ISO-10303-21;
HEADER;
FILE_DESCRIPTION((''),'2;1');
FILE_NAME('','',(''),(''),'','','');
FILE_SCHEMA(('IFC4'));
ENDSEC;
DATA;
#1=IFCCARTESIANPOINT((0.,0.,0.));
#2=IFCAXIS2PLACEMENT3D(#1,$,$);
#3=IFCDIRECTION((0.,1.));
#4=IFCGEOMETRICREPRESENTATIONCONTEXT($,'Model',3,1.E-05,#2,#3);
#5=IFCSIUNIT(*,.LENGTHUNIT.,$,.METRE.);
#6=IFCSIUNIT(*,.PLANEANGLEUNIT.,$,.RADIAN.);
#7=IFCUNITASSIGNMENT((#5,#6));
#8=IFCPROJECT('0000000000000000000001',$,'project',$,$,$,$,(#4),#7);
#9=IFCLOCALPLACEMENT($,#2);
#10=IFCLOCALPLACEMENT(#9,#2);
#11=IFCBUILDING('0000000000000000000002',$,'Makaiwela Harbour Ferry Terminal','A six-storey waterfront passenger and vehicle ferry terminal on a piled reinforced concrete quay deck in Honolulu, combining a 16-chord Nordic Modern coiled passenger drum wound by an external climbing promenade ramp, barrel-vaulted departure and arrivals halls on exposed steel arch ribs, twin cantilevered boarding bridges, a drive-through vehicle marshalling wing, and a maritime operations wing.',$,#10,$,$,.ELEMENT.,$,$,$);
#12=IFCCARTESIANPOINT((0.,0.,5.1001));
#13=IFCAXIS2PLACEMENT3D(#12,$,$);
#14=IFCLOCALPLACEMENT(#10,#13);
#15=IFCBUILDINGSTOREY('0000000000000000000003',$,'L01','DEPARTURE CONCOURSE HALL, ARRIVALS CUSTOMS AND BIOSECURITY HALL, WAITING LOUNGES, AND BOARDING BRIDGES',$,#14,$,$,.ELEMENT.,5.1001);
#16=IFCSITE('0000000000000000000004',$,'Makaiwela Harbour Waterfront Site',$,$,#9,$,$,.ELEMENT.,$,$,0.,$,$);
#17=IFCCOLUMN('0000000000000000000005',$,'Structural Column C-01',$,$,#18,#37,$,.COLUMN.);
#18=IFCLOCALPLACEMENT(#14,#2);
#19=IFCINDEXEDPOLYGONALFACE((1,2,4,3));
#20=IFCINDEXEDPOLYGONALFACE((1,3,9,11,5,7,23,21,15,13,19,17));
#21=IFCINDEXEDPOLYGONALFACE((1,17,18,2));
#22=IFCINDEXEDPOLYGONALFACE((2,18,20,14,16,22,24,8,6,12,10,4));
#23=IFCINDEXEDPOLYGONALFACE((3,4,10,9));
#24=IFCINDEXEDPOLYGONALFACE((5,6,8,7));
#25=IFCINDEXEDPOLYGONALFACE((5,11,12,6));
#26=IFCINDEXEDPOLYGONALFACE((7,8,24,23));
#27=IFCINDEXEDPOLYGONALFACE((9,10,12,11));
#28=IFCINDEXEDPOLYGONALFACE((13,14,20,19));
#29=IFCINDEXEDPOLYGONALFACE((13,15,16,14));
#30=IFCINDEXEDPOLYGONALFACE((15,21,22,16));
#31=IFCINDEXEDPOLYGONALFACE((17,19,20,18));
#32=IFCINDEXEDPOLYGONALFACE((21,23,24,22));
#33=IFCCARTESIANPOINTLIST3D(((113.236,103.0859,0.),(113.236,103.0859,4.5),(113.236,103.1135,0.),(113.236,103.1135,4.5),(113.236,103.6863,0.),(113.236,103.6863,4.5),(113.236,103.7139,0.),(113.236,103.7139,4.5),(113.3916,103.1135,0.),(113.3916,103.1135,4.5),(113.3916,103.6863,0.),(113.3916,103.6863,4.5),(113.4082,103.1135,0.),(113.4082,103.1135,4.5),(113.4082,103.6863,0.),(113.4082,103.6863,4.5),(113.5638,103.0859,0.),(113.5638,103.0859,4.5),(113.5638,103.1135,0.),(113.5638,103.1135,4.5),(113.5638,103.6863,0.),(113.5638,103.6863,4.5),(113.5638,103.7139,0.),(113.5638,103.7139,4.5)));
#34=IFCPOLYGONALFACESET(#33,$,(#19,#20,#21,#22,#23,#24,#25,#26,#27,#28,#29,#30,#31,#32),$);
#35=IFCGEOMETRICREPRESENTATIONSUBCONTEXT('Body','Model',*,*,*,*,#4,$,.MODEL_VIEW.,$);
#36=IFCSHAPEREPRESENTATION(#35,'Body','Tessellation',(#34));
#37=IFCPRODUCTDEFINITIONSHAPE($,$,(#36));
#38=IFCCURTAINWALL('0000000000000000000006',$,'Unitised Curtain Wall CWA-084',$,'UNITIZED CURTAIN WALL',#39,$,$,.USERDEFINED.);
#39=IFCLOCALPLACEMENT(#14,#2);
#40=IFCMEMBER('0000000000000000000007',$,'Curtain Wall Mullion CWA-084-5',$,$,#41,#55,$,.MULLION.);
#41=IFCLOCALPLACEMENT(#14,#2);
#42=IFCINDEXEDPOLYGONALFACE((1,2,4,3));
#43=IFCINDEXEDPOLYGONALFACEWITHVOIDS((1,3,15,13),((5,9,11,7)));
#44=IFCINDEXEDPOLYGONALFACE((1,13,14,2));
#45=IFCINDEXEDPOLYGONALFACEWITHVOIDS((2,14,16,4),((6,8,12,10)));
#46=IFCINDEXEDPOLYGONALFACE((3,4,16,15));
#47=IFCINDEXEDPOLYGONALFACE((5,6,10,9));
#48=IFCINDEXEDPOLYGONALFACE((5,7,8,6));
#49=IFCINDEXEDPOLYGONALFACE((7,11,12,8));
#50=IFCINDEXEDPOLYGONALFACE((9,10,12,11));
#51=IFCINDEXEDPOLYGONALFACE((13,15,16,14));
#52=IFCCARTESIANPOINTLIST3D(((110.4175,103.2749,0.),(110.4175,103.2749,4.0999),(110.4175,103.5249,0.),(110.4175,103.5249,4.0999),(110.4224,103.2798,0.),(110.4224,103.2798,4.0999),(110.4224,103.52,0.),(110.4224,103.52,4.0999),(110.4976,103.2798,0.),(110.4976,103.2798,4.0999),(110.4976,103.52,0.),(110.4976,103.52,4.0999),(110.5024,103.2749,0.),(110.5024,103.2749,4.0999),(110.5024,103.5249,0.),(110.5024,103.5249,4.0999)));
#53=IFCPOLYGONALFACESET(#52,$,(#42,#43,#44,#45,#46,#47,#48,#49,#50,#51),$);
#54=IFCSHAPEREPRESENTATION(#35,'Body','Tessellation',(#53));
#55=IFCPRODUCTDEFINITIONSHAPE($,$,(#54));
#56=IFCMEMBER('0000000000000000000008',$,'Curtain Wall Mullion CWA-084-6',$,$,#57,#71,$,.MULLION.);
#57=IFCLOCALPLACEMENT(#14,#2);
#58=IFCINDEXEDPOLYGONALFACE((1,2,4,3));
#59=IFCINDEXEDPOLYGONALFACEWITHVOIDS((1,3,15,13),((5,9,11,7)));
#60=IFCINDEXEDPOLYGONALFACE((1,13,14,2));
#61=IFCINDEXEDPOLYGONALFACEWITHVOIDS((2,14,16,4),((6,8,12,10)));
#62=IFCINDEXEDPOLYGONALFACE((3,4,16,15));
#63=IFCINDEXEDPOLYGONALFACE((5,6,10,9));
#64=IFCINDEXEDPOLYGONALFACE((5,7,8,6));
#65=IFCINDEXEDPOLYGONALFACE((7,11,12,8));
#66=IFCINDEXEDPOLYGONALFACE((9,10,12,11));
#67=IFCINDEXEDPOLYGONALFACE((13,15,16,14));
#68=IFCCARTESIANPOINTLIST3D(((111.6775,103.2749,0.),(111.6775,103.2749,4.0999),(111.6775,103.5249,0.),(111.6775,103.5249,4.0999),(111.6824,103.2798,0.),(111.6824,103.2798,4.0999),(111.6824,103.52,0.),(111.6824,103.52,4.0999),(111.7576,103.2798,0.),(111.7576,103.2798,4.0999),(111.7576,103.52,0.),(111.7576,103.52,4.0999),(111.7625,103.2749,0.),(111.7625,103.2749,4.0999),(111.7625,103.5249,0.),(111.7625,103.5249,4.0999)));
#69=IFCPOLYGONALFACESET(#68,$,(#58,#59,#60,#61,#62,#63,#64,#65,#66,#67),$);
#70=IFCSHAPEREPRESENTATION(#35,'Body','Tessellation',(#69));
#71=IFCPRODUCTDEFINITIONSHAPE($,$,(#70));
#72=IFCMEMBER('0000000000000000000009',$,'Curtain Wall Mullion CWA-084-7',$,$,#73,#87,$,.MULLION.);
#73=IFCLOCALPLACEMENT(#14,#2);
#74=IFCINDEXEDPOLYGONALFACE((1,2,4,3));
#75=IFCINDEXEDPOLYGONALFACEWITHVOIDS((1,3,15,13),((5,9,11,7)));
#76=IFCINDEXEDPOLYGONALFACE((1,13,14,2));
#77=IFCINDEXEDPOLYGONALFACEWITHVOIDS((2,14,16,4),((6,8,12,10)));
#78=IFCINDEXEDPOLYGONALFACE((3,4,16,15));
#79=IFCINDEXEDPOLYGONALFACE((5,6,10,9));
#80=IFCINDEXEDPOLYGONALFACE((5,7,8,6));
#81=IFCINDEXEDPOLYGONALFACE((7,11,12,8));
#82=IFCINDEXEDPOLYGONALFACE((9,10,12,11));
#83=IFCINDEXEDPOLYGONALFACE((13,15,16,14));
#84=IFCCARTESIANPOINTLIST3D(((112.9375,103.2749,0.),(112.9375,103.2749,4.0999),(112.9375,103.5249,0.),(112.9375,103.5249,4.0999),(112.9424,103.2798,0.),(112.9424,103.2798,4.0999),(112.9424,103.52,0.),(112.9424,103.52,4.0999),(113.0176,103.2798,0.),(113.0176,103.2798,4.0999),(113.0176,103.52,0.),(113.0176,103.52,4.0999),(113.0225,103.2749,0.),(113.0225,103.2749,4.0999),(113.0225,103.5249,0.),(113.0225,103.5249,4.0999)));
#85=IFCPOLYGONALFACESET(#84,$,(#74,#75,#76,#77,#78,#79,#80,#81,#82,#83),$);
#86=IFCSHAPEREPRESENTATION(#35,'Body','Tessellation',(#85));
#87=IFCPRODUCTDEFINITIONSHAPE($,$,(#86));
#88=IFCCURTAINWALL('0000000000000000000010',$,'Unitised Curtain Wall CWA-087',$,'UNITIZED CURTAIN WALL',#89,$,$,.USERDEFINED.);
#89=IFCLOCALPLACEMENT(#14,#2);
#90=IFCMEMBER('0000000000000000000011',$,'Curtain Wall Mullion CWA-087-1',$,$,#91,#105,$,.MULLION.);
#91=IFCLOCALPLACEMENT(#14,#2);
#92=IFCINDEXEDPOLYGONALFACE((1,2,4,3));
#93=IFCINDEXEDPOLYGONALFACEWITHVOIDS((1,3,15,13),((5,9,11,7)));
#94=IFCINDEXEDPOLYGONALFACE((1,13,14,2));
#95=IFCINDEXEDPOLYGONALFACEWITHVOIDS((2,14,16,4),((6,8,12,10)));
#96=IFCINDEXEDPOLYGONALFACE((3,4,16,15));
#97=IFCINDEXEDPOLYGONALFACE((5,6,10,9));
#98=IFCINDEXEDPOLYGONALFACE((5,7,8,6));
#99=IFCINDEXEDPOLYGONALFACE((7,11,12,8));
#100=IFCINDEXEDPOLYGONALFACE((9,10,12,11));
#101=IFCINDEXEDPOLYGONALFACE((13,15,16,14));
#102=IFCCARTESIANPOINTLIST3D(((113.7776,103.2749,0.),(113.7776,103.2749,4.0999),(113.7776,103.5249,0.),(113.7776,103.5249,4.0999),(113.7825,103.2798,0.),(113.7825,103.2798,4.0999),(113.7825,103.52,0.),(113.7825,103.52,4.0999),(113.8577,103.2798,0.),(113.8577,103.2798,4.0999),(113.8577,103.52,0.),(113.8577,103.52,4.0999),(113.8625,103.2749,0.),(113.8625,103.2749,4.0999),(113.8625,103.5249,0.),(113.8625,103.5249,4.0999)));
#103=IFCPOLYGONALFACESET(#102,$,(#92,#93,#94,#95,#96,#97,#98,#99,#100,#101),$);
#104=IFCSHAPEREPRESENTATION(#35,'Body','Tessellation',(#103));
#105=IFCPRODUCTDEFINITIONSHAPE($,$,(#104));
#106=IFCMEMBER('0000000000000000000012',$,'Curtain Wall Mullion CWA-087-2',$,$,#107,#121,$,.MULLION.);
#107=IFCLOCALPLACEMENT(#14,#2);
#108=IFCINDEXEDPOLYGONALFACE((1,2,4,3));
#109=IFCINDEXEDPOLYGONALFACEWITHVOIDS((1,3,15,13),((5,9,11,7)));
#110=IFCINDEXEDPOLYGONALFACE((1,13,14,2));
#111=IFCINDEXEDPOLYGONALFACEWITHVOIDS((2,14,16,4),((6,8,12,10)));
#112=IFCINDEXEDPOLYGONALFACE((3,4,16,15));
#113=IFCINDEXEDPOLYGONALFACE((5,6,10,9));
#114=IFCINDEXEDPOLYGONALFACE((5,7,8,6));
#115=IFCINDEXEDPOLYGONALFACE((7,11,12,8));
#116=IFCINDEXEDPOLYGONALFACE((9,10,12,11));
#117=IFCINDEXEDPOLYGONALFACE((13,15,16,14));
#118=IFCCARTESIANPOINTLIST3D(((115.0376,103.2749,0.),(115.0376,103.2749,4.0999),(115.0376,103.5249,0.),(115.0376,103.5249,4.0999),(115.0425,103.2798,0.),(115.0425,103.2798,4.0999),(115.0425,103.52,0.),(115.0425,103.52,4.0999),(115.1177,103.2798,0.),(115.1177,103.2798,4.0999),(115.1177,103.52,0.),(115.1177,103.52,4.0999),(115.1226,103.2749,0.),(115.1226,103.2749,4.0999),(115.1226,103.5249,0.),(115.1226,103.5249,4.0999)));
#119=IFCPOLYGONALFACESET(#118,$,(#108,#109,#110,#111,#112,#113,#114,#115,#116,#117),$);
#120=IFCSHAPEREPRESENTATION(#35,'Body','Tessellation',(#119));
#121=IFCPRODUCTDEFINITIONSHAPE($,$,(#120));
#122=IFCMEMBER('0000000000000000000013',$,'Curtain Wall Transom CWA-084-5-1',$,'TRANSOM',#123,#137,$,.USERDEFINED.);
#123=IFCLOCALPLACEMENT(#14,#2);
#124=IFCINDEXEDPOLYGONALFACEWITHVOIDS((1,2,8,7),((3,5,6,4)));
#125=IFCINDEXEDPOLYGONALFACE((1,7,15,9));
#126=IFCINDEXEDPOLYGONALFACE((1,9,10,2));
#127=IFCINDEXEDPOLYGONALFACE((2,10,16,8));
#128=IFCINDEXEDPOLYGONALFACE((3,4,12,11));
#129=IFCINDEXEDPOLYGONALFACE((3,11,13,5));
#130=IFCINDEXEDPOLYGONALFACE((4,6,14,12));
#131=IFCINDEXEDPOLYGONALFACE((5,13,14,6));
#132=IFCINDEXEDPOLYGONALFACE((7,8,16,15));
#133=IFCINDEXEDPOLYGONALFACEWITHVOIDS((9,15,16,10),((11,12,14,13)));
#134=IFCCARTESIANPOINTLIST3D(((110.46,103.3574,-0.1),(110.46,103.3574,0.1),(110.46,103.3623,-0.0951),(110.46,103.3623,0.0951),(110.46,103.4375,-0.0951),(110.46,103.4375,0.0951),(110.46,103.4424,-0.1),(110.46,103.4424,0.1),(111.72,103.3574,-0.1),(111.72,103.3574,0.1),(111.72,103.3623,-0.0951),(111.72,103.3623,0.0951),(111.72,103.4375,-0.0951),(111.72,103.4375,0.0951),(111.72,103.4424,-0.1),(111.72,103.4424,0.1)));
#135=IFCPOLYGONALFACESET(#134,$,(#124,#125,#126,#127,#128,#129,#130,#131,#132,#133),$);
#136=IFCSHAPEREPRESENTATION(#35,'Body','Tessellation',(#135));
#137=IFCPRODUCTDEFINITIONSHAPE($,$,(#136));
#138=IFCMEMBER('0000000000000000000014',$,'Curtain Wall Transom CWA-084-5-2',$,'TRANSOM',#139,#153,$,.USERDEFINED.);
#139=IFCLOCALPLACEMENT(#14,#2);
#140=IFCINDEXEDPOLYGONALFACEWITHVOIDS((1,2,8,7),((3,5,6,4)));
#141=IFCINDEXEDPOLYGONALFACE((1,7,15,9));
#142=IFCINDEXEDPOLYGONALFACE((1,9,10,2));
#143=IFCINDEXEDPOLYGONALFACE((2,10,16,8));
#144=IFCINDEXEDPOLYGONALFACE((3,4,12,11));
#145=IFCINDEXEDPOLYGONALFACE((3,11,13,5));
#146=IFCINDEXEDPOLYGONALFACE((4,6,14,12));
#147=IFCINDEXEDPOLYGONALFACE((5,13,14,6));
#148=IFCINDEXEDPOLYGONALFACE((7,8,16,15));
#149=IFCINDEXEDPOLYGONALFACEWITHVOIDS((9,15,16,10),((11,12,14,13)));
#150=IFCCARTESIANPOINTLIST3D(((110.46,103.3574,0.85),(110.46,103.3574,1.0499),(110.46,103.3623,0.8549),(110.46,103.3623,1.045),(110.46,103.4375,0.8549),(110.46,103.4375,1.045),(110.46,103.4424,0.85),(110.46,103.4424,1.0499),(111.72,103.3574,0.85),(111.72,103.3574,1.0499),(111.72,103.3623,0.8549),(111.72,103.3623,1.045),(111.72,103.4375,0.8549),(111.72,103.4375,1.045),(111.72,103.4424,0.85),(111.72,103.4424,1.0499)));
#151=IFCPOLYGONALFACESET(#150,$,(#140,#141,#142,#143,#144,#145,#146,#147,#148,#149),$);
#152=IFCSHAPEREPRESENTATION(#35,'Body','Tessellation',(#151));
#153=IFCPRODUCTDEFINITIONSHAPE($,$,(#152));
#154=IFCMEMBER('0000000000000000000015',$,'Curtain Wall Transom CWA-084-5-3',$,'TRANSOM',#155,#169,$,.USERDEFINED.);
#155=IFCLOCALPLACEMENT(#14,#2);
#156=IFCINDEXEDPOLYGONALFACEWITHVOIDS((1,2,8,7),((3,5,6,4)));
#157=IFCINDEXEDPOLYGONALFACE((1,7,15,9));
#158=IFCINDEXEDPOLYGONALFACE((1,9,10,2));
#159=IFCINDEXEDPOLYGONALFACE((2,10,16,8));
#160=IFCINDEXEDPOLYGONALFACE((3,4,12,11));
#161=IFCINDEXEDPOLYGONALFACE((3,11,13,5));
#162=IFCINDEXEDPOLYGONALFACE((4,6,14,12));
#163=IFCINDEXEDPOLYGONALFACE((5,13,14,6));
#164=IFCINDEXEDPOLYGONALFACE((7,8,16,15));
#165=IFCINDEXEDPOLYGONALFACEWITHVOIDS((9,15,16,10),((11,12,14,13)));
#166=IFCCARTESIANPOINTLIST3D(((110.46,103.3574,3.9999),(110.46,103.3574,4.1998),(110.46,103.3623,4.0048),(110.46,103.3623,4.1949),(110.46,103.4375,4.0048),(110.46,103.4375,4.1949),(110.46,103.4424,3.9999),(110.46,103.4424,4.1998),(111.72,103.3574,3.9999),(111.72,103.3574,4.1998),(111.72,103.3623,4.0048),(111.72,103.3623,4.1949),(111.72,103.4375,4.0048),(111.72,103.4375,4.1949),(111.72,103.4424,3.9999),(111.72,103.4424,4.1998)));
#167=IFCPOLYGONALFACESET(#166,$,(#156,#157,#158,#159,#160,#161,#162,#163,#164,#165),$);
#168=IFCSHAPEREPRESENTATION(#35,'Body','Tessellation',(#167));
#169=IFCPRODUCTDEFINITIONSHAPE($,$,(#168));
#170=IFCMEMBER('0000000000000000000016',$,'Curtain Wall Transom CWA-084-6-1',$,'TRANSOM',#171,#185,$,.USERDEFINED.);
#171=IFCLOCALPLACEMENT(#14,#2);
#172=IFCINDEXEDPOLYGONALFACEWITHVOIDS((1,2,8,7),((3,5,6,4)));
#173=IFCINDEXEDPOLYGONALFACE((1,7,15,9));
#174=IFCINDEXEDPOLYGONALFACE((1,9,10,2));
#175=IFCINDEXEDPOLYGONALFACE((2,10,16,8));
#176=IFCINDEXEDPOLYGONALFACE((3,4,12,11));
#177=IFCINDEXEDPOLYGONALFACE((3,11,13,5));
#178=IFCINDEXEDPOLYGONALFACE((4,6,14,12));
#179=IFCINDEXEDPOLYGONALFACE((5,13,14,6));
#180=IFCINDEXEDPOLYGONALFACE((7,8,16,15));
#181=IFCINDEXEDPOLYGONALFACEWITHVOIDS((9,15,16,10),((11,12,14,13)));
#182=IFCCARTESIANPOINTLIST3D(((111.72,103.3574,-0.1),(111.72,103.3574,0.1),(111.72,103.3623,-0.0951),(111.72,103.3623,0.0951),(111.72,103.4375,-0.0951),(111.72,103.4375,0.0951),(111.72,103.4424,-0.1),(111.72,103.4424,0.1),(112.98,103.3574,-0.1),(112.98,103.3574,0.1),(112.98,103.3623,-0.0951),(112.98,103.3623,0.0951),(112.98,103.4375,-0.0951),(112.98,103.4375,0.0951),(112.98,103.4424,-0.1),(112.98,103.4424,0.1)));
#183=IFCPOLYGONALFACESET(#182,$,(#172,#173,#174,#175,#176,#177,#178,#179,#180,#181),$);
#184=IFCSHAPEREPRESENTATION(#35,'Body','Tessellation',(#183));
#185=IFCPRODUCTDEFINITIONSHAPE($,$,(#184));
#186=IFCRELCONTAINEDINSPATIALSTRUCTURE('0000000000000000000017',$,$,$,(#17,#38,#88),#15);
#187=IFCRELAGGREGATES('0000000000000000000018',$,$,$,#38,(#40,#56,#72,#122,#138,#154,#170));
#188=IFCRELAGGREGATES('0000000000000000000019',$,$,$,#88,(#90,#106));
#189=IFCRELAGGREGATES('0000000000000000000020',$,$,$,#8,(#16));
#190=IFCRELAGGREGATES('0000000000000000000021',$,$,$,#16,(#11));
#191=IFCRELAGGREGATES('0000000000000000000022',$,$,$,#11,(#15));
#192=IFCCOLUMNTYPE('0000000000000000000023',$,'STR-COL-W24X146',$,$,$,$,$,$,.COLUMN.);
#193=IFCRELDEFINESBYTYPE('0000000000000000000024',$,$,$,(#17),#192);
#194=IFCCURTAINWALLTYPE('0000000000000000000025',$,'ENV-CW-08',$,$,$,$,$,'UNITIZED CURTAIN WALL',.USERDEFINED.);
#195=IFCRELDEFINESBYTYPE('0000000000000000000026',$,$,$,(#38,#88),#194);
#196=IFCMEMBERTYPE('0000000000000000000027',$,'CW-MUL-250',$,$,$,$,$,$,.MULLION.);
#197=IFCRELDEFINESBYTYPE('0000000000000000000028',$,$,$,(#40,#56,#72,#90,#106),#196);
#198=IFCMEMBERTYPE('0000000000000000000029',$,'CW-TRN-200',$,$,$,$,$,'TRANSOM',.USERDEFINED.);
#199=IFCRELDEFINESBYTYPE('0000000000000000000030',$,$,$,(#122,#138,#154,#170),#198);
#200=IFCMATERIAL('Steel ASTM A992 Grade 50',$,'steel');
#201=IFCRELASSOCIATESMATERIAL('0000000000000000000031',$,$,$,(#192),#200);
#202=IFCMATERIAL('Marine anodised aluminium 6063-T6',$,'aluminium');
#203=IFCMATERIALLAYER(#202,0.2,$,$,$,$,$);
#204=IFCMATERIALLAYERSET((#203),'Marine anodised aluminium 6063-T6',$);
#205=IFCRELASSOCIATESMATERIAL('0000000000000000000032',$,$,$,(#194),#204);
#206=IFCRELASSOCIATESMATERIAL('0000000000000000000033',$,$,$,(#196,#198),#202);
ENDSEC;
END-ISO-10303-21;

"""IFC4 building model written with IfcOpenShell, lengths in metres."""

from ifc_helpers import new_model, si_unit, direction, frame, origin, origin_2d, place, context, subcontext, project, spatial, hollow_rectangle, i_section, extrude, material, layer, layer_set, material_profile, profile_set, type_object, element, aggregate, save


model = new_model("IFC4")

# Units and contexts
model_context = context("Model", 3, precision=1e-05, world=origin(), true_north=direction((0.0, 1.0)))
body_context = subcontext(model_context, "Body", "Model", "MODEL_VIEW")
ifc_project = project(units=[si_unit("LENGTHUNIT", "METRE"), si_unit("PLANEANGLEUNIT", "RADIAN")], contexts=[model_context])

# Site, building, storey
site_placement = place(None, origin())
site = spatial("IfcSite", under=ifc_project, at=site_placement, Name="Makaiwela Harbour Waterfront Site", CompositionType="ELEMENT", RefElevation=0.0)
building_placement = place(site_placement, origin())
building = spatial("IfcBuilding", under=site, at=building_placement, Name="Makaiwela Harbour Ferry Terminal", Description="A six-storey waterfront passenger and vehicle ferry terminal on a piled reinforced concrete quay deck in Honolulu, combining a 16-chord Nordic Modern coiled passenger drum wound by an external climbing promenade ramp, barrel-vaulted departure and arrivals halls on exposed steel arch ribs, twin cantilevered boarding bridges, a drive-through vehicle marshalling wing, and a maritime operations wing.", CompositionType="ELEMENT")
storey_placement = place(building_placement, frame((0.0, 0.0, 5.1001)))
storey = spatial("IfcBuildingStorey", under=building, at=storey_placement, Name="L01", Description="DEPARTURE CONCOURSE HALL, ARRIVALS CUSTOMS AND BIOSECURITY HALL, WAITING LOUNGES, AND BOARDING BRIDGES", CompositionType="ELEMENT", Elevation=5.1001)

# Column
ifc_material_1 = material(Name="Steel ASTM A992 Grade 50", Category="steel")
ifc_material_profile_1 = material_profile(ifc_material_1, i_section(OverallWidth=0.3279, OverallDepth=0.6279, WebThickness=0.0166, FlangeThickness=0.0276, at=origin_2d()), Name="W24X146")
ifc_profile_set_1 = profile_set([ifc_material_profile_1], Name="Steel ASTM A992 Grade 50")
column_type = type_object("IfcColumnType", Name="STR-COL-W24X146", PredefinedType="COLUMN", material=ifc_profile_set_1)
column_placement = place(storey_placement, frame((113.3999, 103.3999, 0.0), z_axis=(0.0, 0.0, 1.0), x_axis=(1.0, 0.0, 0.0)))
element("IfcColumn", 1, at=column_placement, inside=storey, type_object=column_type, Name="Structural Column C-01", PredefinedType="COLUMN", context=body_context, shape_type="SweptSolid", body=[
    extrude(i_section(OverallWidth=0.3279, OverallDepth=0.6279, WebThickness=0.0166, FlangeThickness=0.0276, at=origin_2d()), origin(), (0.0, 0.0, 1.0), 4.5),
])

# Curtain walls, members
ifc_material_2 = material(Name="Marine anodised aluminium 6063-T6", Category="aluminium")
ifc_layer_1 = layer(ifc_material_2, 0.2)
ifc_layer_set_1 = layer_set([ifc_layer_1], Name="Marine anodised aluminium 6063-T6")
curtain_wall_type = type_object("IfcCurtainWallType", Name="ENV-CW-08", ElementType="UNITIZED CURTAIN WALL", PredefinedType="USERDEFINED", material=ifc_layer_set_1)
curtain_wall_1_placement = place(storey_placement, origin())
curtain_wall_1 = element("IfcCurtainWall", 2, at=curtain_wall_1_placement, inside=storey, type_object=curtain_wall_type, Name="Unitised Curtain Wall CWA-084", ObjectType="UNITIZED CURTAIN WALL", PredefinedType="USERDEFINED")
ifc_material_profile_2 = material_profile(ifc_material_2, hollow_rectangle(XDim=0.085, YDim=0.25, WallThickness=0.0049, at=origin_2d()), Name="CWM-250X85")
ifc_profile_set_2 = profile_set([ifc_material_profile_2], Name="Marine anodised aluminium 6063-T6")
member_type_1 = type_object("IfcMemberType", Name="CW-MUL-250", PredefinedType="MULLION", material=ifc_profile_set_2)
member_1_placement = place(storey_placement, frame((110.46, 103.3999, 0.0), z_axis=(0.0, 0.0, 1.0), x_axis=(1.0, 0.0, 0.0)))
member_1 = element("IfcMember", 3, at=member_1_placement, type_object=member_type_1, Name="Curtain Wall Mullion CWA-084-5", PredefinedType="MULLION", context=body_context, shape_type="SweptSolid", body=[
    extrude(hollow_rectangle(XDim=0.085, YDim=0.25, WallThickness=0.0049, at=origin_2d()), origin(), (0.0, 0.0, 1.0), 4.0999),
])
member_2_placement = place(storey_placement, frame((111.72, 103.3999, 0.0), z_axis=(0.0, 0.0, 1.0), x_axis=(1.0, 0.0, 0.0)))
member_2 = element("IfcMember", 4, at=member_2_placement, type_object=member_type_1, Name="Curtain Wall Mullion CWA-084-6", PredefinedType="MULLION", context=body_context, shape_type="SweptSolid", body=[
    extrude(hollow_rectangle(XDim=0.085, YDim=0.25, WallThickness=0.0049, at=origin_2d()), origin(), (0.0, 0.0, 1.0), 4.0999),
])
member_3_placement = place(storey_placement, frame((112.98, 103.3999, 0.0), z_axis=(0.0, 0.0, 1.0), x_axis=(1.0, 0.0, 0.0)))
member_3 = element("IfcMember", 5, at=member_3_placement, type_object=member_type_1, Name="Curtain Wall Mullion CWA-084-7", PredefinedType="MULLION", context=body_context, shape_type="SweptSolid", body=[
    extrude(hollow_rectangle(XDim=0.085, YDim=0.25, WallThickness=0.0049, at=origin_2d()), origin(), (0.0, 0.0, 1.0), 4.0999),
])
curtain_wall_2_placement = place(storey_placement, origin())
curtain_wall_2 = element("IfcCurtainWall", 6, at=curtain_wall_2_placement, inside=storey, type_object=curtain_wall_type, Name="Unitised Curtain Wall CWA-087", ObjectType="UNITIZED CURTAIN WALL", PredefinedType="USERDEFINED")
member_4_placement = place(storey_placement, frame((113.8201, 103.3999, 0.0), z_axis=(0.0, 0.0, 1.0), x_axis=(1.0, 0.0, 0.0)))
member_4 = element("IfcMember", 7, at=member_4_placement, type_object=member_type_1, Name="Curtain Wall Mullion CWA-087-1", PredefinedType="MULLION", context=body_context, shape_type="SweptSolid", body=[
    extrude(hollow_rectangle(XDim=0.085, YDim=0.25, WallThickness=0.0049, at=origin_2d()), origin(), (0.0, 0.0, 1.0), 4.0999),
])
member_5_placement = place(storey_placement, frame((115.0801, 103.3999, 0.0), z_axis=(0.0, 0.0, 1.0), x_axis=(1.0, 0.0, 0.0)))
member_5 = element("IfcMember", 8, at=member_5_placement, type_object=member_type_1, Name="Curtain Wall Mullion CWA-087-2", PredefinedType="MULLION", context=body_context, shape_type="SweptSolid", body=[
    extrude(hollow_rectangle(XDim=0.085, YDim=0.25, WallThickness=0.0049, at=origin_2d()), origin(), (0.0, 0.0, 1.0), 4.0999),
])

# Members
ifc_material_profile_3 = material_profile(ifc_material_2, hollow_rectangle(XDim=0.085, YDim=0.2, WallThickness=0.0049, at=origin_2d()), Name="CWT-200X85")
ifc_profile_set_3 = profile_set([ifc_material_profile_3], Name="Marine anodised aluminium 6063-T6")
member_type_2 = type_object("IfcMemberType", Name="CW-TRN-200", ElementType="TRANSOM", PredefinedType="USERDEFINED", material=ifc_profile_set_3)
member_6_placement = place(storey_placement, frame((110.46, 103.3999, 0.0), z_axis=(1.0, 0.0, 0.0), x_axis=(0.0, 1.0, 0.0)))
member_6 = element("IfcMember", 9, at=member_6_placement, type_object=member_type_2, Name="Curtain Wall Transom CWA-084-5-1", ObjectType="TRANSOM", PredefinedType="USERDEFINED", context=body_context, shape_type="SweptSolid", body=[
    extrude(hollow_rectangle(XDim=0.085, YDim=0.2, WallThickness=0.0049, at=origin_2d()), origin(), (0.0, 0.0, 1.0), 1.26),
])
member_7_placement = place(storey_placement, frame((110.46, 103.3999, 0.95), z_axis=(1.0, 0.0, 0.0), x_axis=(0.0, 1.0, 0.0)))
member_7 = element("IfcMember", 10, at=member_7_placement, type_object=member_type_2, Name="Curtain Wall Transom CWA-084-5-2", ObjectType="TRANSOM", PredefinedType="USERDEFINED", context=body_context, shape_type="SweptSolid", body=[
    extrude(hollow_rectangle(XDim=0.085, YDim=0.2, WallThickness=0.0049, at=origin_2d()), origin(), (0.0, 0.0, 1.0), 1.26),
])
member_8_placement = place(storey_placement, frame((110.46, 103.3999, 4.0999), z_axis=(1.0, 0.0, 0.0), x_axis=(0.0, 1.0, 0.0)))
member_8 = element("IfcMember", 11, at=member_8_placement, type_object=member_type_2, Name="Curtain Wall Transom CWA-084-5-3", ObjectType="TRANSOM", PredefinedType="USERDEFINED", context=body_context, shape_type="SweptSolid", body=[
    extrude(hollow_rectangle(XDim=0.085, YDim=0.2, WallThickness=0.0049, at=origin_2d()), origin(), (0.0, 0.0, 1.0), 1.26),
])
member_9_placement = place(storey_placement, frame((111.72, 103.3999, 0.0), z_axis=(1.0, 0.0, 0.0), x_axis=(0.0, 1.0, 0.0)))
member_9 = element("IfcMember", 12, at=member_9_placement, type_object=member_type_2, Name="Curtain Wall Transom CWA-084-6-1", ObjectType="TRANSOM", PredefinedType="USERDEFINED", context=body_context, shape_type="SweptSolid", body=[
    extrude(hollow_rectangle(XDim=0.085, YDim=0.2, WallThickness=0.0049, at=origin_2d()), origin(), (0.0, 0.0, 1.0), 1.26),
])

aggregate(curtain_wall_1, [member_1, member_2, member_3, member_6, member_7, member_8, member_9])
aggregate(curtain_wall_2, [member_4, member_5])

save(model, "model.ifc")
